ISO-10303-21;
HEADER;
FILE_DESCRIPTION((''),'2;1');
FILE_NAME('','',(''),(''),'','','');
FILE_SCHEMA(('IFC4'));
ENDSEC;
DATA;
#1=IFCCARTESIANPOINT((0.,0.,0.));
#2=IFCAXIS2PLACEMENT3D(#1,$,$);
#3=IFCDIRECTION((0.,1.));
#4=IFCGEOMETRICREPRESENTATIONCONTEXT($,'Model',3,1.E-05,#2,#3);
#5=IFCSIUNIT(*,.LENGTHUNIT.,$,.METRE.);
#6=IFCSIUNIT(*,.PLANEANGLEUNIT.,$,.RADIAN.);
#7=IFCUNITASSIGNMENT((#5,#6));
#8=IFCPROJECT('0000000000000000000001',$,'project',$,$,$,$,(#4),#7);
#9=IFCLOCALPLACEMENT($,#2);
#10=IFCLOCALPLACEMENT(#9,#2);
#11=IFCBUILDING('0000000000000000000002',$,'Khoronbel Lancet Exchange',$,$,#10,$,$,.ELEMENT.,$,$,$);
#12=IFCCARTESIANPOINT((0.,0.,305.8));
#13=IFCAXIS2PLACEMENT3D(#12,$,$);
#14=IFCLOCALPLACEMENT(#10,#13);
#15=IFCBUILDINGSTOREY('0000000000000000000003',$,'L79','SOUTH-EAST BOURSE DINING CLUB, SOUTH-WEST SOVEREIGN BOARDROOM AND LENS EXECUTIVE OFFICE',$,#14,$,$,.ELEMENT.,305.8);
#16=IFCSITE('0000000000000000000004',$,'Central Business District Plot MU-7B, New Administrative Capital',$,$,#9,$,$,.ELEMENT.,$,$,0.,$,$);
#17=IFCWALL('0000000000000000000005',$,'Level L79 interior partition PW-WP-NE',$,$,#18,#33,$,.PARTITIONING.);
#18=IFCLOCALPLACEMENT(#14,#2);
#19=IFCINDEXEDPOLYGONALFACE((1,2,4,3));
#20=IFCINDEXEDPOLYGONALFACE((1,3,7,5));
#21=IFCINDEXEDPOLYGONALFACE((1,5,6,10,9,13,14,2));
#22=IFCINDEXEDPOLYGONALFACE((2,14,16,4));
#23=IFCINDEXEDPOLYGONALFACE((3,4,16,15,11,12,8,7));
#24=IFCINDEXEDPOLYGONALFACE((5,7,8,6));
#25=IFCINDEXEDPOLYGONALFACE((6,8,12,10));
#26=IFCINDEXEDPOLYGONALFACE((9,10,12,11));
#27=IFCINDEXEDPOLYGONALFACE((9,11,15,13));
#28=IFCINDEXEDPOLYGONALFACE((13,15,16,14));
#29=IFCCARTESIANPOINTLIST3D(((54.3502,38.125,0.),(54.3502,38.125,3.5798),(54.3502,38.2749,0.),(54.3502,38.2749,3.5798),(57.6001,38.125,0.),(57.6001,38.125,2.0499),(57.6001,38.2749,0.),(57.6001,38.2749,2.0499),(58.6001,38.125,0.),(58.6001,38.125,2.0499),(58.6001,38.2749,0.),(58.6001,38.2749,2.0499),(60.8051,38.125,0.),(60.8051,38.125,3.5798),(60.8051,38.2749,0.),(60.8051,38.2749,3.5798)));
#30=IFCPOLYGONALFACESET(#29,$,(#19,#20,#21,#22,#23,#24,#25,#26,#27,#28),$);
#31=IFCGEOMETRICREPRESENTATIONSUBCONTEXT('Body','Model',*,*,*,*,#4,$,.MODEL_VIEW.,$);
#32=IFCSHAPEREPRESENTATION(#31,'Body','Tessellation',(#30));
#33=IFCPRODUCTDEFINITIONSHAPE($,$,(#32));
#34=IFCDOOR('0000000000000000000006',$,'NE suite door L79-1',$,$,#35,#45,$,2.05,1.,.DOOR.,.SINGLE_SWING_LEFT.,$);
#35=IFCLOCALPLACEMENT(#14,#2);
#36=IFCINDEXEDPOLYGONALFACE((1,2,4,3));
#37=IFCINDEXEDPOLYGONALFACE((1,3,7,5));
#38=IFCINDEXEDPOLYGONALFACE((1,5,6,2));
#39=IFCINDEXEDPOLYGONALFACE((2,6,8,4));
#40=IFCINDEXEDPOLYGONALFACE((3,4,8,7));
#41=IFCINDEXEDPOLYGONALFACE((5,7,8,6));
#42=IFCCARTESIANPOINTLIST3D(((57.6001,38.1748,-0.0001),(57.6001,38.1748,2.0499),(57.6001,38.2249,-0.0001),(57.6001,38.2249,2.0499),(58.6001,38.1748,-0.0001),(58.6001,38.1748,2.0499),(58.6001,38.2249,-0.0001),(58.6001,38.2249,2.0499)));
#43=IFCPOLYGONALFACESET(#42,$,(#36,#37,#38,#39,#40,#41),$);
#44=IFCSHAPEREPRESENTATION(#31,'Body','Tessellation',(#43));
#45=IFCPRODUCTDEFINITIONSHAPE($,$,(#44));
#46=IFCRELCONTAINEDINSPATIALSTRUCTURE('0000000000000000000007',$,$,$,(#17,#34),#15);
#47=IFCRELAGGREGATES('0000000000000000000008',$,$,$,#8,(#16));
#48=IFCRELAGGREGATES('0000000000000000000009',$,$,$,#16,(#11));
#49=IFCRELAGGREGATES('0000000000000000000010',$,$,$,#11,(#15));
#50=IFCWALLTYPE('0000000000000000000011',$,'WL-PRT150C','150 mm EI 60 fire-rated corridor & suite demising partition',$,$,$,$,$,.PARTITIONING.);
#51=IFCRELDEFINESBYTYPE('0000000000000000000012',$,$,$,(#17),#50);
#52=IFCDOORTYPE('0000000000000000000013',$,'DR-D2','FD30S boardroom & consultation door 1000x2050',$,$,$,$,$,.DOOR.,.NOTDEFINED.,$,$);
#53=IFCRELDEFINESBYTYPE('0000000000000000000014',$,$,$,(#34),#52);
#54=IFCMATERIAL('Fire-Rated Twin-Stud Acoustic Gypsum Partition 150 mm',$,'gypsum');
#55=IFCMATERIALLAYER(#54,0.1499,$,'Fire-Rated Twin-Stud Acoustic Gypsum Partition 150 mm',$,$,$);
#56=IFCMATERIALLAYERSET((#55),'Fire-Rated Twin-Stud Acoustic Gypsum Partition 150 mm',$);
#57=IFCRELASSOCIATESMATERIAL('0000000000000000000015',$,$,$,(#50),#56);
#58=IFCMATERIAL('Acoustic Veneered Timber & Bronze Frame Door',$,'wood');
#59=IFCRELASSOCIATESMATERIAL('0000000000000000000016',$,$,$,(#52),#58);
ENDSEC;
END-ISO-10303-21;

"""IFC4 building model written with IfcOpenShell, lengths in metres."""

from ifc_helpers import new_model, si_unit, direction, frame, frame_2d, origin, place, context, subcontext, project, spatial, rectangle, extrude, material, layer, layer_set, type_object, element, fill, save


model = new_model("IFC4")

# Units and contexts
model_context = context("Model", 3, precision=1e-05, world=origin(), true_north=direction((0.0, 1.0)))
body_context = subcontext(model_context, "Body", "Model", "MODEL_VIEW")
ifc_project = project(units=[si_unit("LENGTHUNIT", "METRE"), si_unit("PLANEANGLEUNIT", "RADIAN")], contexts=[model_context])

# Site, building, storey
site_placement = place(None, origin())
site = spatial("IfcSite", under=ifc_project, at=site_placement, Name="Central Business District Plot MU-7B, New Administrative Capital", CompositionType="ELEMENT", RefElevation=0.0)
building_placement = place(site_placement, origin())
building = spatial("IfcBuilding", under=site, at=building_placement, Name="Khoronbel Lancet Exchange", CompositionType="ELEMENT")
storey_placement = place(building_placement, frame((0.0, 0.0, 305.8)))
storey = spatial("IfcBuildingStorey", under=building, at=storey_placement, Name="L79", Description="SOUTH-EAST BOURSE DINING CLUB, SOUTH-WEST SOVEREIGN BOARDROOM AND LENS EXECUTIVE OFFICE", CompositionType="ELEMENT", Elevation=305.8)

# Wall, opening, door
ifc_material_1 = material(Name="Fire-Rated Twin-Stud Acoustic Gypsum Partition 150 mm", Category="gypsum")
ifc_layer_1 = layer(ifc_material_1, 0.1499, Name="Fire-Rated Twin-Stud Acoustic Gypsum Partition 150 mm")
ifc_layer_set_1 = layer_set([ifc_layer_1], Name="Fire-Rated Twin-Stud Acoustic Gypsum Partition 150 mm")
wall_type_1 = type_object("IfcWallType", Name="WL-PRT150C", Description="150 mm EI 60 fire-rated corridor & suite demising partition", PredefinedType="PARTITIONING", material=ifc_layer_set_1)
ifc_material_2 = material(Name="Acoustic Veneered Timber & Bronze Frame Door", Category="wood")
door_type_1 = type_object("IfcDoorType", Name="DR-D2", Description="FD30S boardroom & consultation door 1000x2050", OperationType="NOTDEFINED", PredefinedType="DOOR", material=ifc_material_2)
wall_1_placement = place(storey_placement, frame((54.3501, 38.2, 0.0), z_axis=(0.0, 0.0, 1.0), x_axis=(1.0, 0.0, 0.0)))
wall_1 = element("IfcWall", 1, at=wall_1_placement, inside=storey, type_object=wall_type_1, Name="Level L79 interior partition PW-WP-NE", PredefinedType="PARTITIONING", context=body_context, shape_type="SweptSolid", body=[
    extrude(rectangle(XDim=6.4548, YDim=0.1499, at=frame_2d((3.2275, 0.0))), origin(), (0.0, 0.0, 1.0), 3.5798),
])
opening_1_placement = place(wall_1_placement, frame((3.25, 0.0, 0.0)))
opening_1 = element("IfcOpeningElement", 2, at=opening_1_placement, cuts=wall_1, PredefinedType="OPENING", context=body_context, shape_type="SweptSolid", body=[
    extrude(rectangle(XDim=1.0, YDim=2.05, at=frame_2d((0.5, 1.0249))), frame((0.0, 0.085, 0.0), z_axis=(0.0, -1.0, 0.0), x_axis=(1.0, 0.0, 0.0)), (0.0, 0.0, 1.0), 0.1699),
])
door_1_placement = place(opening_1_placement, origin())
door_1 = element("IfcDoor", 3, at=door_1_placement, inside=storey, type_object=door_type_1, Name="NE suite door L79-1", OperationType="SINGLE_SWING_LEFT", OverallHeight=2.05, OverallWidth=1.0, PredefinedType="DOOR", context=body_context, shape_type="SweptSolid", body=[
    extrude(rectangle(XDim=1.0, YDim=2.05, at=frame_2d((0.5, 1.0249))), frame((0.0, 0.0249, 0.0), z_axis=(0.0, -1.0, 0.0), x_axis=(1.0, 0.0, 0.0)), (0.0, 0.0, 1.0), 0.05),
])
fill(opening_1, door_1)

save(model, "model.ifc")
